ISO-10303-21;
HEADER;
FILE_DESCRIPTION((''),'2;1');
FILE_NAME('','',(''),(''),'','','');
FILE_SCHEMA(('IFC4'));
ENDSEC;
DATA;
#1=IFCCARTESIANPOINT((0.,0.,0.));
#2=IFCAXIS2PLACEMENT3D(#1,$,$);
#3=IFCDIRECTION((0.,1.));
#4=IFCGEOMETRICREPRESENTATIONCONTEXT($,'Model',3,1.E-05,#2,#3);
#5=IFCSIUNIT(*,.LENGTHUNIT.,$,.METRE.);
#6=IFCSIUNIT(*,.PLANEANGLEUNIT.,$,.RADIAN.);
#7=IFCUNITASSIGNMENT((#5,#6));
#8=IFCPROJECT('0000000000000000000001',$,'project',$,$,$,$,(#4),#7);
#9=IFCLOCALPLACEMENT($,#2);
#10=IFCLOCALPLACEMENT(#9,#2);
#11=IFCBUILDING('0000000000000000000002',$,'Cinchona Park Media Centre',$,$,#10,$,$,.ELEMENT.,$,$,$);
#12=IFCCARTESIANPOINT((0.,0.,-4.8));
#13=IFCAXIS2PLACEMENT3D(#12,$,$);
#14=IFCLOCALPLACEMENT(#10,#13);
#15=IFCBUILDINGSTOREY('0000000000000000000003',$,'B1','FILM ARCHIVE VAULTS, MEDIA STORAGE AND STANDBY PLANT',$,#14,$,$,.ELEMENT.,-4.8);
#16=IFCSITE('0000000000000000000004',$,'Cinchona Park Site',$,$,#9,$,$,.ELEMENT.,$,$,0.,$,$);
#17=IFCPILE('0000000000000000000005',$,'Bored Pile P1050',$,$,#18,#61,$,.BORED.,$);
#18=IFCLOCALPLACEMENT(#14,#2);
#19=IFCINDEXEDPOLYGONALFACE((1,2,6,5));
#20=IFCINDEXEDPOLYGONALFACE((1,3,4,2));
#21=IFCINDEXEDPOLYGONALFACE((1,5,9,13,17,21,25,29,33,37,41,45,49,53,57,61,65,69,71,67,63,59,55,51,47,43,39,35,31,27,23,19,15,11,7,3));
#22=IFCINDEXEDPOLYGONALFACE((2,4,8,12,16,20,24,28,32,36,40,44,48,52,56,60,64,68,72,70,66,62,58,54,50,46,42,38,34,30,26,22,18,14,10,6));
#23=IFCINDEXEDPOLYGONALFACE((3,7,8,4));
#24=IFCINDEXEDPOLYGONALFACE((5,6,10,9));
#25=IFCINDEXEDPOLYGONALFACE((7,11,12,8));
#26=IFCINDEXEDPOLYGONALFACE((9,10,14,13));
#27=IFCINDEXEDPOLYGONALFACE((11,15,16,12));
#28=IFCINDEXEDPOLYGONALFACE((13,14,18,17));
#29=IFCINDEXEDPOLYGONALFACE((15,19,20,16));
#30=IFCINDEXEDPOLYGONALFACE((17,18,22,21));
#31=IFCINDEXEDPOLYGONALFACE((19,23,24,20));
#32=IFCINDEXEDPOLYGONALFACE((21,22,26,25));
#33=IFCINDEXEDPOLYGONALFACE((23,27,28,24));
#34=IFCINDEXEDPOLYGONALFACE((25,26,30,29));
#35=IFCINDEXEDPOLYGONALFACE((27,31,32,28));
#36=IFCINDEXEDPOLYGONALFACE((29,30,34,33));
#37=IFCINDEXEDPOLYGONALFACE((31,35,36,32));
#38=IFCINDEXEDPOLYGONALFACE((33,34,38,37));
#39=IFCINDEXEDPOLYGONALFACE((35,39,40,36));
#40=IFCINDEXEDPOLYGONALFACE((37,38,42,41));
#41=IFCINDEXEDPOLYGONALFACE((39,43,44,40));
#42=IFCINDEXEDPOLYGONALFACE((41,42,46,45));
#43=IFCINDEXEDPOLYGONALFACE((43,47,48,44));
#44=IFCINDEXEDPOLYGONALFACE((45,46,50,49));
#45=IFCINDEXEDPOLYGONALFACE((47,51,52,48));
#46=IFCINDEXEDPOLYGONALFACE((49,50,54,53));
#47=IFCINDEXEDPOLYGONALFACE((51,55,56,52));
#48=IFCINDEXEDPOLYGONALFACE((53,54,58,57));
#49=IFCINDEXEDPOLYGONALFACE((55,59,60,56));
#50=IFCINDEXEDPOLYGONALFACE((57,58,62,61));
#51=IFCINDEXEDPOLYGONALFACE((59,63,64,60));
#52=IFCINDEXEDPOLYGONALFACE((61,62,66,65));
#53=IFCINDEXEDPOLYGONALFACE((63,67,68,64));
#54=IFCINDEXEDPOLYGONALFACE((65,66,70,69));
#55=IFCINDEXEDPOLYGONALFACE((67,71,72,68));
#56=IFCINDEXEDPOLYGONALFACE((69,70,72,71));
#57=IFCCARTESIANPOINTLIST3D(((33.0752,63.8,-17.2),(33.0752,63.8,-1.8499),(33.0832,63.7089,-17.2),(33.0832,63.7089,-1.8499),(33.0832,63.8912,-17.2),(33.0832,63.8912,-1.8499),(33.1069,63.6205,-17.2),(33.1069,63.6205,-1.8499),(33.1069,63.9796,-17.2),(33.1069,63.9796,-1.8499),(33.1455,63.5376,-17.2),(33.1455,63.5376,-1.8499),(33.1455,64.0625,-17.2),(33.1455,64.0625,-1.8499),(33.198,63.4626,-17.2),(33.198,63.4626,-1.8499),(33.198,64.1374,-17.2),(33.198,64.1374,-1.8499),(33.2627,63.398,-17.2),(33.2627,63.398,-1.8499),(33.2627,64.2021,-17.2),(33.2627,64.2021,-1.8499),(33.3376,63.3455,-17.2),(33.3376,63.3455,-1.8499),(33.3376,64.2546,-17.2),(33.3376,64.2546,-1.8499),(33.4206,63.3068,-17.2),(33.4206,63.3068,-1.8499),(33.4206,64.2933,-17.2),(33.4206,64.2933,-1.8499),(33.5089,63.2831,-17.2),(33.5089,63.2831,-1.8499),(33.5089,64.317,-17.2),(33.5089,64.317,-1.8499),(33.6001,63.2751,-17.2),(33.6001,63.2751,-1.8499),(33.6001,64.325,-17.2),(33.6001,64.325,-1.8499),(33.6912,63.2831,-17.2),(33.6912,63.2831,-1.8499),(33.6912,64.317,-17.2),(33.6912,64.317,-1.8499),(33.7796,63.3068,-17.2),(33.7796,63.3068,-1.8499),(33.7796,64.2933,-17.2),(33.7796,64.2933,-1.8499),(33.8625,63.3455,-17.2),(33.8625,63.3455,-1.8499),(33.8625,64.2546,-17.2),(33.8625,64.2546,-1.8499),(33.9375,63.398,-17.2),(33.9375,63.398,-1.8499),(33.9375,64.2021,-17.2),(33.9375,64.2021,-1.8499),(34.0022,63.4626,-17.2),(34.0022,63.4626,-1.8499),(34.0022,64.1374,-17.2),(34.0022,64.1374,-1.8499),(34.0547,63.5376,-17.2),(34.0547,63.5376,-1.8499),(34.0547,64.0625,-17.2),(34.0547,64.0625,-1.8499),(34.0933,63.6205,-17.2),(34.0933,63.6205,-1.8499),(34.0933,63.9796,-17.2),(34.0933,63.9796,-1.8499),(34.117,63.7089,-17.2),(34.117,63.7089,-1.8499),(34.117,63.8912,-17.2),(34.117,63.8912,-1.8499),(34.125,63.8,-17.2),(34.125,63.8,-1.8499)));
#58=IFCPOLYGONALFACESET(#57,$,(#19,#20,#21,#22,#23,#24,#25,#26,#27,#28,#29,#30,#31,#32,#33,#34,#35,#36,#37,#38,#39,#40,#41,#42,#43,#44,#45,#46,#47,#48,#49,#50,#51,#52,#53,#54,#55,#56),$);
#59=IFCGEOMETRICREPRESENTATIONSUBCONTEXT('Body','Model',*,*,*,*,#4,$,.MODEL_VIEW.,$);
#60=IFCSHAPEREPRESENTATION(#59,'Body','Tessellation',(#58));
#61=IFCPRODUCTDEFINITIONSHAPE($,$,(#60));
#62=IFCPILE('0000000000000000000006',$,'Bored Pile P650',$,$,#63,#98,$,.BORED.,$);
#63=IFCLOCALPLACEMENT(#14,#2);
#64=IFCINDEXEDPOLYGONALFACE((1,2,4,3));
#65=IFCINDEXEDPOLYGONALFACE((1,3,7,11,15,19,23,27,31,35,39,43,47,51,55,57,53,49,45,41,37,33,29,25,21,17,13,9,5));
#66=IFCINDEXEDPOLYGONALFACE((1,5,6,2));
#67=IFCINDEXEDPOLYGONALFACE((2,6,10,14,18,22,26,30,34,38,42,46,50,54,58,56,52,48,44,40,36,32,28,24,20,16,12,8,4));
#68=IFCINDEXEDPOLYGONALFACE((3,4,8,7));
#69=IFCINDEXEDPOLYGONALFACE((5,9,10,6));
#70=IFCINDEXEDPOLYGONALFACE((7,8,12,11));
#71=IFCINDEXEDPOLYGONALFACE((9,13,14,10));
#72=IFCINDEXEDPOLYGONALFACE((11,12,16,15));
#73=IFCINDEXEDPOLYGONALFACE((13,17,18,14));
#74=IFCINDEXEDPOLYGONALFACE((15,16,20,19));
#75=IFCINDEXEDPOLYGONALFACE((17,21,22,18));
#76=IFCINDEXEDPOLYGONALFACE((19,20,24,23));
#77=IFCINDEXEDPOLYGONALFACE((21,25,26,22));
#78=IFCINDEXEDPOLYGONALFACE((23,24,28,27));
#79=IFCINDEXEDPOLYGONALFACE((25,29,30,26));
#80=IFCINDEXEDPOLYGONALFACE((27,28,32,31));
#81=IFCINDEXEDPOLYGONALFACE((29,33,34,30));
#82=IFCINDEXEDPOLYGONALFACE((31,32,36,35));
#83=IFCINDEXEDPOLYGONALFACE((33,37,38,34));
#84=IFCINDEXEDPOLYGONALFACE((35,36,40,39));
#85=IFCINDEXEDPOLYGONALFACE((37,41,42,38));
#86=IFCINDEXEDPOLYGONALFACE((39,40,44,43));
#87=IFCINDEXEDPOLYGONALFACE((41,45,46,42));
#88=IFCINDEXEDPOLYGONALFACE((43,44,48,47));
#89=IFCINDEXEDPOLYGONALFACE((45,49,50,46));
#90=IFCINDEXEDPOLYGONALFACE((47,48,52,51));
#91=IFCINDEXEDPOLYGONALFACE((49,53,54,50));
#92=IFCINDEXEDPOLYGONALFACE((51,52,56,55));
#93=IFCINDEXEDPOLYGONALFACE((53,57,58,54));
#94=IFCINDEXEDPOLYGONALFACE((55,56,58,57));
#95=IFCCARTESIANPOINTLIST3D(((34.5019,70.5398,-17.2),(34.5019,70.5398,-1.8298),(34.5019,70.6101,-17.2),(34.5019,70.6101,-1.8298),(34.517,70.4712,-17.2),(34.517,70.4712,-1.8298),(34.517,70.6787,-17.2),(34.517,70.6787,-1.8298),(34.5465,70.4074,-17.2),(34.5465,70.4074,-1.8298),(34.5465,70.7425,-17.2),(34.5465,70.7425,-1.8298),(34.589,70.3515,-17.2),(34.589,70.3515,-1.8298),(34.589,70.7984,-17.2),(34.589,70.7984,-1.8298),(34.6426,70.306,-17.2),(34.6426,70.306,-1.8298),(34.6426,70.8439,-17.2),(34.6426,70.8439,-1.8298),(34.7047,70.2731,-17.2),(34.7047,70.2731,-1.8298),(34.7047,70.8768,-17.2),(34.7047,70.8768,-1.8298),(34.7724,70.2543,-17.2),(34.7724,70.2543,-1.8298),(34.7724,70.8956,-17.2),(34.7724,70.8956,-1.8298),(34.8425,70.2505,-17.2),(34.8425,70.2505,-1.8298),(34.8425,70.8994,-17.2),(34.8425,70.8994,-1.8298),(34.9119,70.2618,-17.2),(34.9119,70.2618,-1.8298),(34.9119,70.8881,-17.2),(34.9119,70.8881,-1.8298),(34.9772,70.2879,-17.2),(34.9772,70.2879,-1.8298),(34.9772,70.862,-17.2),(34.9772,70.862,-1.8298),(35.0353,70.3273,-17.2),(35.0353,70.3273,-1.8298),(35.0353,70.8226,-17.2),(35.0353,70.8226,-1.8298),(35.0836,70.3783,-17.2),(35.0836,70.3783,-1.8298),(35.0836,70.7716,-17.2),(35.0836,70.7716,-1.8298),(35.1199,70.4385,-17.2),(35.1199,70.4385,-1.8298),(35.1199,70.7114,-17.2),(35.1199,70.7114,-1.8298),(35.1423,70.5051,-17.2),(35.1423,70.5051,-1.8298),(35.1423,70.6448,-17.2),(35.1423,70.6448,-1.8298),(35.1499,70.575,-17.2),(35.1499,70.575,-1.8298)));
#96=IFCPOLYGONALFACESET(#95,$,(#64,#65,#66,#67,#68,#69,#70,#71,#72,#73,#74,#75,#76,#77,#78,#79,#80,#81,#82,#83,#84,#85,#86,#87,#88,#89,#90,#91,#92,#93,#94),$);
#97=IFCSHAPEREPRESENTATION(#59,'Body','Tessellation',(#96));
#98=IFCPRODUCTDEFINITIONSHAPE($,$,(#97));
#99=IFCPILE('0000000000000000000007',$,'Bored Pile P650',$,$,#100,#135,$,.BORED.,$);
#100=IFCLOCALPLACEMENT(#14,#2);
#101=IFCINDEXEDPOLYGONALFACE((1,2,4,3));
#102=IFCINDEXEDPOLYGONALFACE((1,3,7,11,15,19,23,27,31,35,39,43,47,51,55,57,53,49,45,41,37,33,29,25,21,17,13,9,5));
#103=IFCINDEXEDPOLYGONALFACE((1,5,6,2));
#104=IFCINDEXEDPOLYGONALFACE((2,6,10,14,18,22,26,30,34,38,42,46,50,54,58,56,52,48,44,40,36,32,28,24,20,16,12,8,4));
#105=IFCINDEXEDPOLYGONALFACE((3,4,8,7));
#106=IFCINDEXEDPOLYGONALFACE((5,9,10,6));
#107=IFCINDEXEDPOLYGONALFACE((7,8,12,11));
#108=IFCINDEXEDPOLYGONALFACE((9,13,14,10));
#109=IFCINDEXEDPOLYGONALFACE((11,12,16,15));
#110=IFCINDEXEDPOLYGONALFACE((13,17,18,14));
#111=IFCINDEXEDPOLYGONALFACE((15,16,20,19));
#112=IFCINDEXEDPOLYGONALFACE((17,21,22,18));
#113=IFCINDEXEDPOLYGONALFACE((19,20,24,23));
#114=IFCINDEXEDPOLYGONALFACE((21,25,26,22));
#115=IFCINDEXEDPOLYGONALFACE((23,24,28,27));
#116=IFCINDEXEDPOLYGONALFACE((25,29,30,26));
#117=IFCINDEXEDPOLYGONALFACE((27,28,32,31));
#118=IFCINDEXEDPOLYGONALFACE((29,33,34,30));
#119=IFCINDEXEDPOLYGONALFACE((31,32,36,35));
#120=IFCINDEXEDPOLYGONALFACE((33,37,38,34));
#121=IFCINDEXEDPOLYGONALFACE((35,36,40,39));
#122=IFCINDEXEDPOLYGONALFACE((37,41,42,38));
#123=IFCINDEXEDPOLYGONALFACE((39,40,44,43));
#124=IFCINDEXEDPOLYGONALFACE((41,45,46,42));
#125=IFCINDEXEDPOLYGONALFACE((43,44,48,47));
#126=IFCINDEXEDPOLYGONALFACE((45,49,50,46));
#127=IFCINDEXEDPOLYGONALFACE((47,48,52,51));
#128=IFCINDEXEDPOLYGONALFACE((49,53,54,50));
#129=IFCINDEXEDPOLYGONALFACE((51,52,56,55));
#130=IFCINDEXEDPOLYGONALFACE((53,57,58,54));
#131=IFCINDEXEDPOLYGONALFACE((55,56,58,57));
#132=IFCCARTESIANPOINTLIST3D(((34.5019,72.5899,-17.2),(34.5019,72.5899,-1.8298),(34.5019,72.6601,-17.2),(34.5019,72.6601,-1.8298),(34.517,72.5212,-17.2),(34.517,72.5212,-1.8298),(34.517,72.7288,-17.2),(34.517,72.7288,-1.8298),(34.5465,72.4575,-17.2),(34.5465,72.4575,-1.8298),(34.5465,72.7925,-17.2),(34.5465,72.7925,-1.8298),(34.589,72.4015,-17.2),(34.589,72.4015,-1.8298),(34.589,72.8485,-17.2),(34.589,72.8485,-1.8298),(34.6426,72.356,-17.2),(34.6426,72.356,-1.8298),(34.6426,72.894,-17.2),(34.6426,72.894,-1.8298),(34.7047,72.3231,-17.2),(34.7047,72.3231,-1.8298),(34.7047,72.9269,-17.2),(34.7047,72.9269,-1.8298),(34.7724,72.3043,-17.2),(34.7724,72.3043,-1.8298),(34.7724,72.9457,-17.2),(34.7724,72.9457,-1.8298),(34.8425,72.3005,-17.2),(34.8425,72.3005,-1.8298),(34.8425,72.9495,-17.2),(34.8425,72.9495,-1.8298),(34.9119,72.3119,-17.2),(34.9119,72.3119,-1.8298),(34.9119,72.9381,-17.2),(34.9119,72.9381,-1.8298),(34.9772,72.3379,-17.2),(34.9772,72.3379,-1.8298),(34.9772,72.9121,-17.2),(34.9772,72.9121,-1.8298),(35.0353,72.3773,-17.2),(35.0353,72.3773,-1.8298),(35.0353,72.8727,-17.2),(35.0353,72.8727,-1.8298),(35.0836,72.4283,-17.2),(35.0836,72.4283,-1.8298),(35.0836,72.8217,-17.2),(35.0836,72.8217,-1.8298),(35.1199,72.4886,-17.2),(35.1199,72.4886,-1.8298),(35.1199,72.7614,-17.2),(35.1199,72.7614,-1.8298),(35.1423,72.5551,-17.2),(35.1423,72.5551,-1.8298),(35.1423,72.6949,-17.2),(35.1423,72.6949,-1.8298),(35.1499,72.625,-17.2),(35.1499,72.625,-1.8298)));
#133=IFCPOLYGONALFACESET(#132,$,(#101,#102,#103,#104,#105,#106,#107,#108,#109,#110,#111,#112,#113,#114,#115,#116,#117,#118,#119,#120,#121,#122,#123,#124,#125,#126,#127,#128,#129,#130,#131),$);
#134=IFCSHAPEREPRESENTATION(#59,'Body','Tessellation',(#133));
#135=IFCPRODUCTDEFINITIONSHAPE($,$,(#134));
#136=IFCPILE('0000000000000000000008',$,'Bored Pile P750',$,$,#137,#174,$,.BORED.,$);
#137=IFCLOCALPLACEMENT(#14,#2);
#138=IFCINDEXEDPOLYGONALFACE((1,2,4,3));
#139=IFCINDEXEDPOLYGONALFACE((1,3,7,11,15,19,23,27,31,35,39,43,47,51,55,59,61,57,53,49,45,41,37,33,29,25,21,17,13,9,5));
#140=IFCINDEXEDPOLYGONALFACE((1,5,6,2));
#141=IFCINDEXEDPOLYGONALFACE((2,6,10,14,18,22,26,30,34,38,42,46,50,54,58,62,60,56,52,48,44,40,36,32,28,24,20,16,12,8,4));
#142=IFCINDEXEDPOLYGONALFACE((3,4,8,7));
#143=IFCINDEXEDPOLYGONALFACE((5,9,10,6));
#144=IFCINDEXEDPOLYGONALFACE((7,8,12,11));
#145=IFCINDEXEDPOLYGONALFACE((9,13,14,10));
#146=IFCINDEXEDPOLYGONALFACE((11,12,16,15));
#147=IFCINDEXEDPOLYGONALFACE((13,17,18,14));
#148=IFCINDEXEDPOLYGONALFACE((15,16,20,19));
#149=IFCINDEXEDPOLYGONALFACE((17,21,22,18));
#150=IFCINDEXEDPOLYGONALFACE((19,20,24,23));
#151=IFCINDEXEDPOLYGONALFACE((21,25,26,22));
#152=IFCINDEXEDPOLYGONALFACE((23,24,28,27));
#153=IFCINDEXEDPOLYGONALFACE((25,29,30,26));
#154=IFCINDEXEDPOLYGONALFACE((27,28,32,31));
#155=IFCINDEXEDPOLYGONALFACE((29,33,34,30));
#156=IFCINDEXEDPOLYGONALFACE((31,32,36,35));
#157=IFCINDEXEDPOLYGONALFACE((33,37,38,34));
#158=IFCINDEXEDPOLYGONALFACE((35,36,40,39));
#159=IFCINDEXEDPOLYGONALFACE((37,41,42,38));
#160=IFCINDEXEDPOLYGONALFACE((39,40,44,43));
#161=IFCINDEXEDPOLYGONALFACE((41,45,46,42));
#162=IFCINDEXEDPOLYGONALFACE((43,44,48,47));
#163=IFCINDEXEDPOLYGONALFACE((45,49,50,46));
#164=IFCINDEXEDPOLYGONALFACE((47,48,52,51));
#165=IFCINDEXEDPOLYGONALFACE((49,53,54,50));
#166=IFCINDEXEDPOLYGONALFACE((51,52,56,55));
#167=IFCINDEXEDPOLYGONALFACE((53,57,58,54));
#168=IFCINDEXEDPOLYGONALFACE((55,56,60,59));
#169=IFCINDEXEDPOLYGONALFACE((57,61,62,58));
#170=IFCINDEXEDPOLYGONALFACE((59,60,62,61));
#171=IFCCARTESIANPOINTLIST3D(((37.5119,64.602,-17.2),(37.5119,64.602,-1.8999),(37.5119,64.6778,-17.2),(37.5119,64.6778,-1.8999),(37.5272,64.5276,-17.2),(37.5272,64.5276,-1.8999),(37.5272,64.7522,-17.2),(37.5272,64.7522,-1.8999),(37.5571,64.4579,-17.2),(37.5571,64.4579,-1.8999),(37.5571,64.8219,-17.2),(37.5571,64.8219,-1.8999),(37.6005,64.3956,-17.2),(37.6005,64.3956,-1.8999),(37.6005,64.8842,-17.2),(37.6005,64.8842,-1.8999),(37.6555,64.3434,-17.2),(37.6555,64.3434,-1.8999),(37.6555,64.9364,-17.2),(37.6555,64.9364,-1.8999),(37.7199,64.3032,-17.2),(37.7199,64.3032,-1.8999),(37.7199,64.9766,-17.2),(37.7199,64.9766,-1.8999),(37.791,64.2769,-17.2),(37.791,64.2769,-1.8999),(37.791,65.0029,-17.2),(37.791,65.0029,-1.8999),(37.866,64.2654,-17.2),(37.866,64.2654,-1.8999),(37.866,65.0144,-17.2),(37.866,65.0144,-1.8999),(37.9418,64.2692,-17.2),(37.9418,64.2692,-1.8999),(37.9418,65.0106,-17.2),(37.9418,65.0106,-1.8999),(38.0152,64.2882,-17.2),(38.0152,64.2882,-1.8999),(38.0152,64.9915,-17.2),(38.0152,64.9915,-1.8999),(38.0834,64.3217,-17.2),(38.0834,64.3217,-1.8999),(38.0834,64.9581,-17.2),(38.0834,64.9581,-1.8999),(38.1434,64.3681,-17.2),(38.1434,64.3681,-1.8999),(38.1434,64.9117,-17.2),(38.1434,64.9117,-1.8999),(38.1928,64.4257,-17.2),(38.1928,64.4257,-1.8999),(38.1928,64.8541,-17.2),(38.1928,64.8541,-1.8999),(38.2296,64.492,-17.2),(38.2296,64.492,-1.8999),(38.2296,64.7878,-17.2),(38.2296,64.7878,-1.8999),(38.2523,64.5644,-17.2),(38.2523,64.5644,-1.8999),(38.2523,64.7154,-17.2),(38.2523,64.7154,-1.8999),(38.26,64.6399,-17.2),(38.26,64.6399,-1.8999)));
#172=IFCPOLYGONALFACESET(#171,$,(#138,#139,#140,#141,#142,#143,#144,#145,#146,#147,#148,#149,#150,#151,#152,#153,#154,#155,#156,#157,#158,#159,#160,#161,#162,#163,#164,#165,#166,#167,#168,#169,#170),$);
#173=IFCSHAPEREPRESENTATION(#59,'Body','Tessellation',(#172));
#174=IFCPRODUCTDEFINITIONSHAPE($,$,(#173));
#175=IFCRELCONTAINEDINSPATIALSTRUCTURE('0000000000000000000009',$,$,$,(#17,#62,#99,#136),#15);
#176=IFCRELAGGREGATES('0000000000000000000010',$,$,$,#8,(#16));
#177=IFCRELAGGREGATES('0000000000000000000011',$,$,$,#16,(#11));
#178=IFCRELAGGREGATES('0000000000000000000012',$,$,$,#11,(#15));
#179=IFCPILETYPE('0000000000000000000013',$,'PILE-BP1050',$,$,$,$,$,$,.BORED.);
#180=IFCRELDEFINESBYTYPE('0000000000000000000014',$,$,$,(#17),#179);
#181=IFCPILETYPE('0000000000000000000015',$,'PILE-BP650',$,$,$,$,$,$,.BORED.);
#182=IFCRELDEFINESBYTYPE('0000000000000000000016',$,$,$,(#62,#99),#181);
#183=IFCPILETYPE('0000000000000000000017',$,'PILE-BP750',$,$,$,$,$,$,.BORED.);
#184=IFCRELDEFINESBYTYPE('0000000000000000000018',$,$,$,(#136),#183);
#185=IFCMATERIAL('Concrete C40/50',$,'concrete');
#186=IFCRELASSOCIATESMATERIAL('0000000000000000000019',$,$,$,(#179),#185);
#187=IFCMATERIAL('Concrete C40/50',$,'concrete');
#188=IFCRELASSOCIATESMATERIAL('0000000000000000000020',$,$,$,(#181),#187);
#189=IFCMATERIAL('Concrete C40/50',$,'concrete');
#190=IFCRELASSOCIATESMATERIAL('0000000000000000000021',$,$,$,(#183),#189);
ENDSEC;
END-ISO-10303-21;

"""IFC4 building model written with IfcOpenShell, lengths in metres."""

from ifc_helpers import new_model, si_unit, direction, frame, origin, origin_2d, place, context, subcontext, project, spatial, circle, extrude, material, material_profile, profile_set, type_object, element, save


model = new_model("IFC4")

# Units and contexts
model_context = context("Model", 3, precision=1e-05, world=origin(), true_north=direction((0.0, 1.0)))
body_context = subcontext(model_context, "Body", "Model", "MODEL_VIEW")
ifc_project = project(units=[si_unit("LENGTHUNIT", "METRE"), si_unit("PLANEANGLEUNIT", "RADIAN")], contexts=[model_context])

# Site, building, storey
site_placement = place(None, origin())
site = spatial("IfcSite", under=ifc_project, at=site_placement, Name="Cinchona Park Site", CompositionType="ELEMENT", RefElevation=0.0)
building_placement = place(site_placement, origin())
building = spatial("IfcBuilding", under=site, at=building_placement, Name="Cinchona Park Media Centre", CompositionType="ELEMENT")
storey_placement = place(building_placement, frame((0.0, 0.0, -4.8)))
storey = spatial("IfcBuildingStorey", under=building, at=storey_placement, Name="B1", Description="FILM ARCHIVE VAULTS, MEDIA STORAGE AND STANDBY PLANT", CompositionType="ELEMENT", Elevation=-4.8)

# Piles
ifc_material_1 = material(Name="Concrete C40/50", Category="concrete")
ifc_material_profile_1 = material_profile(ifc_material_1, circle(Radius=0.5249, at=origin_2d()), Name="BORED PILE 1050")
ifc_profile_set_1 = profile_set([ifc_material_profile_1], Name="Concrete C40/50")
pile_type_1 = type_object("IfcPileType", Name="PILE-BP1050", PredefinedType="BORED", material=ifc_profile_set_1)
pile_placement = place(storey_placement, frame((33.6001, 63.8, -1.8499), z_axis=(0.0, 0.0, -1.0), x_axis=(1.0, 0.0, 0.0)))
element("IfcPile", 1, at=pile_placement, inside=storey, type_object=pile_type_1, Name="Bored Pile P1050", PredefinedType="BORED", context=body_context, shape_type="SweptSolid", body=[
    extrude(circle(Radius=0.5249, at=origin_2d()), origin(), (0.0, 0.0, 1.0), 15.3501),
])
ifc_material_2 = material(Name="Concrete C40/50", Category="concrete")
ifc_material_profile_2 = material_profile(ifc_material_2, circle(Radius=0.325, at=origin_2d()), Name="BORED PILE 650")
ifc_profile_set_2 = profile_set([ifc_material_profile_2], Name="Concrete C40/50")
pile_type_2 = type_object("IfcPileType", Name="PILE-BP650", PredefinedType="BORED", material=ifc_profile_set_2)
for number, where, z_axis, x_axis, name in (
    (2, (34.825, 70.575, -1.8298), (0.0, 0.0, -1.0), (1.0, 0.0, 0.0), "Bored Pile P650"),
    (3, (34.825, 72.625, -1.8298), (0.0, 0.0, -1.0), (1.0, 0.0, 0.0), "Bored Pile P650"),
):
    element("IfcPile", number, at=place(storey_placement, frame(where, z_axis=z_axis, x_axis=x_axis)), inside=storey, type_object=pile_type_2, Name=name, PredefinedType="BORED", context=body_context, shape_type="SweptSolid", body=[
        extrude(circle(Radius=0.325, at=origin_2d()), origin(), (0.0, 0.0, 1.0), 15.3701),
    ])
ifc_material_3 = material(Name="Concrete C40/50", Category="concrete")
ifc_material_profile_3 = material_profile(ifc_material_3, circle(Radius=0.375, at=origin_2d()), Name="BORED PILE 750")
ifc_profile_set_3 = profile_set([ifc_material_profile_3], Name="Concrete C40/50")
pile_type_3 = type_object("IfcPileType", Name="PILE-BP750", PredefinedType="BORED", material=ifc_profile_set_3)
for number, where, z_axis, x_axis, name in (
    (4, (37.885, 64.6399, -1.8999), (0.0, 0.0, -1.0), (1.0, 0.0, 0.0), "Bored Pile P750"),
):
    element("IfcPile", number, at=place(storey_placement, frame(where, z_axis=z_axis, x_axis=x_axis)), inside=storey, type_object=pile_type_3, Name=name, PredefinedType="BORED", context=body_context, shape_type="SweptSolid", body=[
        extrude(circle(Radius=0.375, at=origin_2d()), origin(), (0.0, 0.0, 1.0), 15.3),
    ])

save(model, "model.ifc")
